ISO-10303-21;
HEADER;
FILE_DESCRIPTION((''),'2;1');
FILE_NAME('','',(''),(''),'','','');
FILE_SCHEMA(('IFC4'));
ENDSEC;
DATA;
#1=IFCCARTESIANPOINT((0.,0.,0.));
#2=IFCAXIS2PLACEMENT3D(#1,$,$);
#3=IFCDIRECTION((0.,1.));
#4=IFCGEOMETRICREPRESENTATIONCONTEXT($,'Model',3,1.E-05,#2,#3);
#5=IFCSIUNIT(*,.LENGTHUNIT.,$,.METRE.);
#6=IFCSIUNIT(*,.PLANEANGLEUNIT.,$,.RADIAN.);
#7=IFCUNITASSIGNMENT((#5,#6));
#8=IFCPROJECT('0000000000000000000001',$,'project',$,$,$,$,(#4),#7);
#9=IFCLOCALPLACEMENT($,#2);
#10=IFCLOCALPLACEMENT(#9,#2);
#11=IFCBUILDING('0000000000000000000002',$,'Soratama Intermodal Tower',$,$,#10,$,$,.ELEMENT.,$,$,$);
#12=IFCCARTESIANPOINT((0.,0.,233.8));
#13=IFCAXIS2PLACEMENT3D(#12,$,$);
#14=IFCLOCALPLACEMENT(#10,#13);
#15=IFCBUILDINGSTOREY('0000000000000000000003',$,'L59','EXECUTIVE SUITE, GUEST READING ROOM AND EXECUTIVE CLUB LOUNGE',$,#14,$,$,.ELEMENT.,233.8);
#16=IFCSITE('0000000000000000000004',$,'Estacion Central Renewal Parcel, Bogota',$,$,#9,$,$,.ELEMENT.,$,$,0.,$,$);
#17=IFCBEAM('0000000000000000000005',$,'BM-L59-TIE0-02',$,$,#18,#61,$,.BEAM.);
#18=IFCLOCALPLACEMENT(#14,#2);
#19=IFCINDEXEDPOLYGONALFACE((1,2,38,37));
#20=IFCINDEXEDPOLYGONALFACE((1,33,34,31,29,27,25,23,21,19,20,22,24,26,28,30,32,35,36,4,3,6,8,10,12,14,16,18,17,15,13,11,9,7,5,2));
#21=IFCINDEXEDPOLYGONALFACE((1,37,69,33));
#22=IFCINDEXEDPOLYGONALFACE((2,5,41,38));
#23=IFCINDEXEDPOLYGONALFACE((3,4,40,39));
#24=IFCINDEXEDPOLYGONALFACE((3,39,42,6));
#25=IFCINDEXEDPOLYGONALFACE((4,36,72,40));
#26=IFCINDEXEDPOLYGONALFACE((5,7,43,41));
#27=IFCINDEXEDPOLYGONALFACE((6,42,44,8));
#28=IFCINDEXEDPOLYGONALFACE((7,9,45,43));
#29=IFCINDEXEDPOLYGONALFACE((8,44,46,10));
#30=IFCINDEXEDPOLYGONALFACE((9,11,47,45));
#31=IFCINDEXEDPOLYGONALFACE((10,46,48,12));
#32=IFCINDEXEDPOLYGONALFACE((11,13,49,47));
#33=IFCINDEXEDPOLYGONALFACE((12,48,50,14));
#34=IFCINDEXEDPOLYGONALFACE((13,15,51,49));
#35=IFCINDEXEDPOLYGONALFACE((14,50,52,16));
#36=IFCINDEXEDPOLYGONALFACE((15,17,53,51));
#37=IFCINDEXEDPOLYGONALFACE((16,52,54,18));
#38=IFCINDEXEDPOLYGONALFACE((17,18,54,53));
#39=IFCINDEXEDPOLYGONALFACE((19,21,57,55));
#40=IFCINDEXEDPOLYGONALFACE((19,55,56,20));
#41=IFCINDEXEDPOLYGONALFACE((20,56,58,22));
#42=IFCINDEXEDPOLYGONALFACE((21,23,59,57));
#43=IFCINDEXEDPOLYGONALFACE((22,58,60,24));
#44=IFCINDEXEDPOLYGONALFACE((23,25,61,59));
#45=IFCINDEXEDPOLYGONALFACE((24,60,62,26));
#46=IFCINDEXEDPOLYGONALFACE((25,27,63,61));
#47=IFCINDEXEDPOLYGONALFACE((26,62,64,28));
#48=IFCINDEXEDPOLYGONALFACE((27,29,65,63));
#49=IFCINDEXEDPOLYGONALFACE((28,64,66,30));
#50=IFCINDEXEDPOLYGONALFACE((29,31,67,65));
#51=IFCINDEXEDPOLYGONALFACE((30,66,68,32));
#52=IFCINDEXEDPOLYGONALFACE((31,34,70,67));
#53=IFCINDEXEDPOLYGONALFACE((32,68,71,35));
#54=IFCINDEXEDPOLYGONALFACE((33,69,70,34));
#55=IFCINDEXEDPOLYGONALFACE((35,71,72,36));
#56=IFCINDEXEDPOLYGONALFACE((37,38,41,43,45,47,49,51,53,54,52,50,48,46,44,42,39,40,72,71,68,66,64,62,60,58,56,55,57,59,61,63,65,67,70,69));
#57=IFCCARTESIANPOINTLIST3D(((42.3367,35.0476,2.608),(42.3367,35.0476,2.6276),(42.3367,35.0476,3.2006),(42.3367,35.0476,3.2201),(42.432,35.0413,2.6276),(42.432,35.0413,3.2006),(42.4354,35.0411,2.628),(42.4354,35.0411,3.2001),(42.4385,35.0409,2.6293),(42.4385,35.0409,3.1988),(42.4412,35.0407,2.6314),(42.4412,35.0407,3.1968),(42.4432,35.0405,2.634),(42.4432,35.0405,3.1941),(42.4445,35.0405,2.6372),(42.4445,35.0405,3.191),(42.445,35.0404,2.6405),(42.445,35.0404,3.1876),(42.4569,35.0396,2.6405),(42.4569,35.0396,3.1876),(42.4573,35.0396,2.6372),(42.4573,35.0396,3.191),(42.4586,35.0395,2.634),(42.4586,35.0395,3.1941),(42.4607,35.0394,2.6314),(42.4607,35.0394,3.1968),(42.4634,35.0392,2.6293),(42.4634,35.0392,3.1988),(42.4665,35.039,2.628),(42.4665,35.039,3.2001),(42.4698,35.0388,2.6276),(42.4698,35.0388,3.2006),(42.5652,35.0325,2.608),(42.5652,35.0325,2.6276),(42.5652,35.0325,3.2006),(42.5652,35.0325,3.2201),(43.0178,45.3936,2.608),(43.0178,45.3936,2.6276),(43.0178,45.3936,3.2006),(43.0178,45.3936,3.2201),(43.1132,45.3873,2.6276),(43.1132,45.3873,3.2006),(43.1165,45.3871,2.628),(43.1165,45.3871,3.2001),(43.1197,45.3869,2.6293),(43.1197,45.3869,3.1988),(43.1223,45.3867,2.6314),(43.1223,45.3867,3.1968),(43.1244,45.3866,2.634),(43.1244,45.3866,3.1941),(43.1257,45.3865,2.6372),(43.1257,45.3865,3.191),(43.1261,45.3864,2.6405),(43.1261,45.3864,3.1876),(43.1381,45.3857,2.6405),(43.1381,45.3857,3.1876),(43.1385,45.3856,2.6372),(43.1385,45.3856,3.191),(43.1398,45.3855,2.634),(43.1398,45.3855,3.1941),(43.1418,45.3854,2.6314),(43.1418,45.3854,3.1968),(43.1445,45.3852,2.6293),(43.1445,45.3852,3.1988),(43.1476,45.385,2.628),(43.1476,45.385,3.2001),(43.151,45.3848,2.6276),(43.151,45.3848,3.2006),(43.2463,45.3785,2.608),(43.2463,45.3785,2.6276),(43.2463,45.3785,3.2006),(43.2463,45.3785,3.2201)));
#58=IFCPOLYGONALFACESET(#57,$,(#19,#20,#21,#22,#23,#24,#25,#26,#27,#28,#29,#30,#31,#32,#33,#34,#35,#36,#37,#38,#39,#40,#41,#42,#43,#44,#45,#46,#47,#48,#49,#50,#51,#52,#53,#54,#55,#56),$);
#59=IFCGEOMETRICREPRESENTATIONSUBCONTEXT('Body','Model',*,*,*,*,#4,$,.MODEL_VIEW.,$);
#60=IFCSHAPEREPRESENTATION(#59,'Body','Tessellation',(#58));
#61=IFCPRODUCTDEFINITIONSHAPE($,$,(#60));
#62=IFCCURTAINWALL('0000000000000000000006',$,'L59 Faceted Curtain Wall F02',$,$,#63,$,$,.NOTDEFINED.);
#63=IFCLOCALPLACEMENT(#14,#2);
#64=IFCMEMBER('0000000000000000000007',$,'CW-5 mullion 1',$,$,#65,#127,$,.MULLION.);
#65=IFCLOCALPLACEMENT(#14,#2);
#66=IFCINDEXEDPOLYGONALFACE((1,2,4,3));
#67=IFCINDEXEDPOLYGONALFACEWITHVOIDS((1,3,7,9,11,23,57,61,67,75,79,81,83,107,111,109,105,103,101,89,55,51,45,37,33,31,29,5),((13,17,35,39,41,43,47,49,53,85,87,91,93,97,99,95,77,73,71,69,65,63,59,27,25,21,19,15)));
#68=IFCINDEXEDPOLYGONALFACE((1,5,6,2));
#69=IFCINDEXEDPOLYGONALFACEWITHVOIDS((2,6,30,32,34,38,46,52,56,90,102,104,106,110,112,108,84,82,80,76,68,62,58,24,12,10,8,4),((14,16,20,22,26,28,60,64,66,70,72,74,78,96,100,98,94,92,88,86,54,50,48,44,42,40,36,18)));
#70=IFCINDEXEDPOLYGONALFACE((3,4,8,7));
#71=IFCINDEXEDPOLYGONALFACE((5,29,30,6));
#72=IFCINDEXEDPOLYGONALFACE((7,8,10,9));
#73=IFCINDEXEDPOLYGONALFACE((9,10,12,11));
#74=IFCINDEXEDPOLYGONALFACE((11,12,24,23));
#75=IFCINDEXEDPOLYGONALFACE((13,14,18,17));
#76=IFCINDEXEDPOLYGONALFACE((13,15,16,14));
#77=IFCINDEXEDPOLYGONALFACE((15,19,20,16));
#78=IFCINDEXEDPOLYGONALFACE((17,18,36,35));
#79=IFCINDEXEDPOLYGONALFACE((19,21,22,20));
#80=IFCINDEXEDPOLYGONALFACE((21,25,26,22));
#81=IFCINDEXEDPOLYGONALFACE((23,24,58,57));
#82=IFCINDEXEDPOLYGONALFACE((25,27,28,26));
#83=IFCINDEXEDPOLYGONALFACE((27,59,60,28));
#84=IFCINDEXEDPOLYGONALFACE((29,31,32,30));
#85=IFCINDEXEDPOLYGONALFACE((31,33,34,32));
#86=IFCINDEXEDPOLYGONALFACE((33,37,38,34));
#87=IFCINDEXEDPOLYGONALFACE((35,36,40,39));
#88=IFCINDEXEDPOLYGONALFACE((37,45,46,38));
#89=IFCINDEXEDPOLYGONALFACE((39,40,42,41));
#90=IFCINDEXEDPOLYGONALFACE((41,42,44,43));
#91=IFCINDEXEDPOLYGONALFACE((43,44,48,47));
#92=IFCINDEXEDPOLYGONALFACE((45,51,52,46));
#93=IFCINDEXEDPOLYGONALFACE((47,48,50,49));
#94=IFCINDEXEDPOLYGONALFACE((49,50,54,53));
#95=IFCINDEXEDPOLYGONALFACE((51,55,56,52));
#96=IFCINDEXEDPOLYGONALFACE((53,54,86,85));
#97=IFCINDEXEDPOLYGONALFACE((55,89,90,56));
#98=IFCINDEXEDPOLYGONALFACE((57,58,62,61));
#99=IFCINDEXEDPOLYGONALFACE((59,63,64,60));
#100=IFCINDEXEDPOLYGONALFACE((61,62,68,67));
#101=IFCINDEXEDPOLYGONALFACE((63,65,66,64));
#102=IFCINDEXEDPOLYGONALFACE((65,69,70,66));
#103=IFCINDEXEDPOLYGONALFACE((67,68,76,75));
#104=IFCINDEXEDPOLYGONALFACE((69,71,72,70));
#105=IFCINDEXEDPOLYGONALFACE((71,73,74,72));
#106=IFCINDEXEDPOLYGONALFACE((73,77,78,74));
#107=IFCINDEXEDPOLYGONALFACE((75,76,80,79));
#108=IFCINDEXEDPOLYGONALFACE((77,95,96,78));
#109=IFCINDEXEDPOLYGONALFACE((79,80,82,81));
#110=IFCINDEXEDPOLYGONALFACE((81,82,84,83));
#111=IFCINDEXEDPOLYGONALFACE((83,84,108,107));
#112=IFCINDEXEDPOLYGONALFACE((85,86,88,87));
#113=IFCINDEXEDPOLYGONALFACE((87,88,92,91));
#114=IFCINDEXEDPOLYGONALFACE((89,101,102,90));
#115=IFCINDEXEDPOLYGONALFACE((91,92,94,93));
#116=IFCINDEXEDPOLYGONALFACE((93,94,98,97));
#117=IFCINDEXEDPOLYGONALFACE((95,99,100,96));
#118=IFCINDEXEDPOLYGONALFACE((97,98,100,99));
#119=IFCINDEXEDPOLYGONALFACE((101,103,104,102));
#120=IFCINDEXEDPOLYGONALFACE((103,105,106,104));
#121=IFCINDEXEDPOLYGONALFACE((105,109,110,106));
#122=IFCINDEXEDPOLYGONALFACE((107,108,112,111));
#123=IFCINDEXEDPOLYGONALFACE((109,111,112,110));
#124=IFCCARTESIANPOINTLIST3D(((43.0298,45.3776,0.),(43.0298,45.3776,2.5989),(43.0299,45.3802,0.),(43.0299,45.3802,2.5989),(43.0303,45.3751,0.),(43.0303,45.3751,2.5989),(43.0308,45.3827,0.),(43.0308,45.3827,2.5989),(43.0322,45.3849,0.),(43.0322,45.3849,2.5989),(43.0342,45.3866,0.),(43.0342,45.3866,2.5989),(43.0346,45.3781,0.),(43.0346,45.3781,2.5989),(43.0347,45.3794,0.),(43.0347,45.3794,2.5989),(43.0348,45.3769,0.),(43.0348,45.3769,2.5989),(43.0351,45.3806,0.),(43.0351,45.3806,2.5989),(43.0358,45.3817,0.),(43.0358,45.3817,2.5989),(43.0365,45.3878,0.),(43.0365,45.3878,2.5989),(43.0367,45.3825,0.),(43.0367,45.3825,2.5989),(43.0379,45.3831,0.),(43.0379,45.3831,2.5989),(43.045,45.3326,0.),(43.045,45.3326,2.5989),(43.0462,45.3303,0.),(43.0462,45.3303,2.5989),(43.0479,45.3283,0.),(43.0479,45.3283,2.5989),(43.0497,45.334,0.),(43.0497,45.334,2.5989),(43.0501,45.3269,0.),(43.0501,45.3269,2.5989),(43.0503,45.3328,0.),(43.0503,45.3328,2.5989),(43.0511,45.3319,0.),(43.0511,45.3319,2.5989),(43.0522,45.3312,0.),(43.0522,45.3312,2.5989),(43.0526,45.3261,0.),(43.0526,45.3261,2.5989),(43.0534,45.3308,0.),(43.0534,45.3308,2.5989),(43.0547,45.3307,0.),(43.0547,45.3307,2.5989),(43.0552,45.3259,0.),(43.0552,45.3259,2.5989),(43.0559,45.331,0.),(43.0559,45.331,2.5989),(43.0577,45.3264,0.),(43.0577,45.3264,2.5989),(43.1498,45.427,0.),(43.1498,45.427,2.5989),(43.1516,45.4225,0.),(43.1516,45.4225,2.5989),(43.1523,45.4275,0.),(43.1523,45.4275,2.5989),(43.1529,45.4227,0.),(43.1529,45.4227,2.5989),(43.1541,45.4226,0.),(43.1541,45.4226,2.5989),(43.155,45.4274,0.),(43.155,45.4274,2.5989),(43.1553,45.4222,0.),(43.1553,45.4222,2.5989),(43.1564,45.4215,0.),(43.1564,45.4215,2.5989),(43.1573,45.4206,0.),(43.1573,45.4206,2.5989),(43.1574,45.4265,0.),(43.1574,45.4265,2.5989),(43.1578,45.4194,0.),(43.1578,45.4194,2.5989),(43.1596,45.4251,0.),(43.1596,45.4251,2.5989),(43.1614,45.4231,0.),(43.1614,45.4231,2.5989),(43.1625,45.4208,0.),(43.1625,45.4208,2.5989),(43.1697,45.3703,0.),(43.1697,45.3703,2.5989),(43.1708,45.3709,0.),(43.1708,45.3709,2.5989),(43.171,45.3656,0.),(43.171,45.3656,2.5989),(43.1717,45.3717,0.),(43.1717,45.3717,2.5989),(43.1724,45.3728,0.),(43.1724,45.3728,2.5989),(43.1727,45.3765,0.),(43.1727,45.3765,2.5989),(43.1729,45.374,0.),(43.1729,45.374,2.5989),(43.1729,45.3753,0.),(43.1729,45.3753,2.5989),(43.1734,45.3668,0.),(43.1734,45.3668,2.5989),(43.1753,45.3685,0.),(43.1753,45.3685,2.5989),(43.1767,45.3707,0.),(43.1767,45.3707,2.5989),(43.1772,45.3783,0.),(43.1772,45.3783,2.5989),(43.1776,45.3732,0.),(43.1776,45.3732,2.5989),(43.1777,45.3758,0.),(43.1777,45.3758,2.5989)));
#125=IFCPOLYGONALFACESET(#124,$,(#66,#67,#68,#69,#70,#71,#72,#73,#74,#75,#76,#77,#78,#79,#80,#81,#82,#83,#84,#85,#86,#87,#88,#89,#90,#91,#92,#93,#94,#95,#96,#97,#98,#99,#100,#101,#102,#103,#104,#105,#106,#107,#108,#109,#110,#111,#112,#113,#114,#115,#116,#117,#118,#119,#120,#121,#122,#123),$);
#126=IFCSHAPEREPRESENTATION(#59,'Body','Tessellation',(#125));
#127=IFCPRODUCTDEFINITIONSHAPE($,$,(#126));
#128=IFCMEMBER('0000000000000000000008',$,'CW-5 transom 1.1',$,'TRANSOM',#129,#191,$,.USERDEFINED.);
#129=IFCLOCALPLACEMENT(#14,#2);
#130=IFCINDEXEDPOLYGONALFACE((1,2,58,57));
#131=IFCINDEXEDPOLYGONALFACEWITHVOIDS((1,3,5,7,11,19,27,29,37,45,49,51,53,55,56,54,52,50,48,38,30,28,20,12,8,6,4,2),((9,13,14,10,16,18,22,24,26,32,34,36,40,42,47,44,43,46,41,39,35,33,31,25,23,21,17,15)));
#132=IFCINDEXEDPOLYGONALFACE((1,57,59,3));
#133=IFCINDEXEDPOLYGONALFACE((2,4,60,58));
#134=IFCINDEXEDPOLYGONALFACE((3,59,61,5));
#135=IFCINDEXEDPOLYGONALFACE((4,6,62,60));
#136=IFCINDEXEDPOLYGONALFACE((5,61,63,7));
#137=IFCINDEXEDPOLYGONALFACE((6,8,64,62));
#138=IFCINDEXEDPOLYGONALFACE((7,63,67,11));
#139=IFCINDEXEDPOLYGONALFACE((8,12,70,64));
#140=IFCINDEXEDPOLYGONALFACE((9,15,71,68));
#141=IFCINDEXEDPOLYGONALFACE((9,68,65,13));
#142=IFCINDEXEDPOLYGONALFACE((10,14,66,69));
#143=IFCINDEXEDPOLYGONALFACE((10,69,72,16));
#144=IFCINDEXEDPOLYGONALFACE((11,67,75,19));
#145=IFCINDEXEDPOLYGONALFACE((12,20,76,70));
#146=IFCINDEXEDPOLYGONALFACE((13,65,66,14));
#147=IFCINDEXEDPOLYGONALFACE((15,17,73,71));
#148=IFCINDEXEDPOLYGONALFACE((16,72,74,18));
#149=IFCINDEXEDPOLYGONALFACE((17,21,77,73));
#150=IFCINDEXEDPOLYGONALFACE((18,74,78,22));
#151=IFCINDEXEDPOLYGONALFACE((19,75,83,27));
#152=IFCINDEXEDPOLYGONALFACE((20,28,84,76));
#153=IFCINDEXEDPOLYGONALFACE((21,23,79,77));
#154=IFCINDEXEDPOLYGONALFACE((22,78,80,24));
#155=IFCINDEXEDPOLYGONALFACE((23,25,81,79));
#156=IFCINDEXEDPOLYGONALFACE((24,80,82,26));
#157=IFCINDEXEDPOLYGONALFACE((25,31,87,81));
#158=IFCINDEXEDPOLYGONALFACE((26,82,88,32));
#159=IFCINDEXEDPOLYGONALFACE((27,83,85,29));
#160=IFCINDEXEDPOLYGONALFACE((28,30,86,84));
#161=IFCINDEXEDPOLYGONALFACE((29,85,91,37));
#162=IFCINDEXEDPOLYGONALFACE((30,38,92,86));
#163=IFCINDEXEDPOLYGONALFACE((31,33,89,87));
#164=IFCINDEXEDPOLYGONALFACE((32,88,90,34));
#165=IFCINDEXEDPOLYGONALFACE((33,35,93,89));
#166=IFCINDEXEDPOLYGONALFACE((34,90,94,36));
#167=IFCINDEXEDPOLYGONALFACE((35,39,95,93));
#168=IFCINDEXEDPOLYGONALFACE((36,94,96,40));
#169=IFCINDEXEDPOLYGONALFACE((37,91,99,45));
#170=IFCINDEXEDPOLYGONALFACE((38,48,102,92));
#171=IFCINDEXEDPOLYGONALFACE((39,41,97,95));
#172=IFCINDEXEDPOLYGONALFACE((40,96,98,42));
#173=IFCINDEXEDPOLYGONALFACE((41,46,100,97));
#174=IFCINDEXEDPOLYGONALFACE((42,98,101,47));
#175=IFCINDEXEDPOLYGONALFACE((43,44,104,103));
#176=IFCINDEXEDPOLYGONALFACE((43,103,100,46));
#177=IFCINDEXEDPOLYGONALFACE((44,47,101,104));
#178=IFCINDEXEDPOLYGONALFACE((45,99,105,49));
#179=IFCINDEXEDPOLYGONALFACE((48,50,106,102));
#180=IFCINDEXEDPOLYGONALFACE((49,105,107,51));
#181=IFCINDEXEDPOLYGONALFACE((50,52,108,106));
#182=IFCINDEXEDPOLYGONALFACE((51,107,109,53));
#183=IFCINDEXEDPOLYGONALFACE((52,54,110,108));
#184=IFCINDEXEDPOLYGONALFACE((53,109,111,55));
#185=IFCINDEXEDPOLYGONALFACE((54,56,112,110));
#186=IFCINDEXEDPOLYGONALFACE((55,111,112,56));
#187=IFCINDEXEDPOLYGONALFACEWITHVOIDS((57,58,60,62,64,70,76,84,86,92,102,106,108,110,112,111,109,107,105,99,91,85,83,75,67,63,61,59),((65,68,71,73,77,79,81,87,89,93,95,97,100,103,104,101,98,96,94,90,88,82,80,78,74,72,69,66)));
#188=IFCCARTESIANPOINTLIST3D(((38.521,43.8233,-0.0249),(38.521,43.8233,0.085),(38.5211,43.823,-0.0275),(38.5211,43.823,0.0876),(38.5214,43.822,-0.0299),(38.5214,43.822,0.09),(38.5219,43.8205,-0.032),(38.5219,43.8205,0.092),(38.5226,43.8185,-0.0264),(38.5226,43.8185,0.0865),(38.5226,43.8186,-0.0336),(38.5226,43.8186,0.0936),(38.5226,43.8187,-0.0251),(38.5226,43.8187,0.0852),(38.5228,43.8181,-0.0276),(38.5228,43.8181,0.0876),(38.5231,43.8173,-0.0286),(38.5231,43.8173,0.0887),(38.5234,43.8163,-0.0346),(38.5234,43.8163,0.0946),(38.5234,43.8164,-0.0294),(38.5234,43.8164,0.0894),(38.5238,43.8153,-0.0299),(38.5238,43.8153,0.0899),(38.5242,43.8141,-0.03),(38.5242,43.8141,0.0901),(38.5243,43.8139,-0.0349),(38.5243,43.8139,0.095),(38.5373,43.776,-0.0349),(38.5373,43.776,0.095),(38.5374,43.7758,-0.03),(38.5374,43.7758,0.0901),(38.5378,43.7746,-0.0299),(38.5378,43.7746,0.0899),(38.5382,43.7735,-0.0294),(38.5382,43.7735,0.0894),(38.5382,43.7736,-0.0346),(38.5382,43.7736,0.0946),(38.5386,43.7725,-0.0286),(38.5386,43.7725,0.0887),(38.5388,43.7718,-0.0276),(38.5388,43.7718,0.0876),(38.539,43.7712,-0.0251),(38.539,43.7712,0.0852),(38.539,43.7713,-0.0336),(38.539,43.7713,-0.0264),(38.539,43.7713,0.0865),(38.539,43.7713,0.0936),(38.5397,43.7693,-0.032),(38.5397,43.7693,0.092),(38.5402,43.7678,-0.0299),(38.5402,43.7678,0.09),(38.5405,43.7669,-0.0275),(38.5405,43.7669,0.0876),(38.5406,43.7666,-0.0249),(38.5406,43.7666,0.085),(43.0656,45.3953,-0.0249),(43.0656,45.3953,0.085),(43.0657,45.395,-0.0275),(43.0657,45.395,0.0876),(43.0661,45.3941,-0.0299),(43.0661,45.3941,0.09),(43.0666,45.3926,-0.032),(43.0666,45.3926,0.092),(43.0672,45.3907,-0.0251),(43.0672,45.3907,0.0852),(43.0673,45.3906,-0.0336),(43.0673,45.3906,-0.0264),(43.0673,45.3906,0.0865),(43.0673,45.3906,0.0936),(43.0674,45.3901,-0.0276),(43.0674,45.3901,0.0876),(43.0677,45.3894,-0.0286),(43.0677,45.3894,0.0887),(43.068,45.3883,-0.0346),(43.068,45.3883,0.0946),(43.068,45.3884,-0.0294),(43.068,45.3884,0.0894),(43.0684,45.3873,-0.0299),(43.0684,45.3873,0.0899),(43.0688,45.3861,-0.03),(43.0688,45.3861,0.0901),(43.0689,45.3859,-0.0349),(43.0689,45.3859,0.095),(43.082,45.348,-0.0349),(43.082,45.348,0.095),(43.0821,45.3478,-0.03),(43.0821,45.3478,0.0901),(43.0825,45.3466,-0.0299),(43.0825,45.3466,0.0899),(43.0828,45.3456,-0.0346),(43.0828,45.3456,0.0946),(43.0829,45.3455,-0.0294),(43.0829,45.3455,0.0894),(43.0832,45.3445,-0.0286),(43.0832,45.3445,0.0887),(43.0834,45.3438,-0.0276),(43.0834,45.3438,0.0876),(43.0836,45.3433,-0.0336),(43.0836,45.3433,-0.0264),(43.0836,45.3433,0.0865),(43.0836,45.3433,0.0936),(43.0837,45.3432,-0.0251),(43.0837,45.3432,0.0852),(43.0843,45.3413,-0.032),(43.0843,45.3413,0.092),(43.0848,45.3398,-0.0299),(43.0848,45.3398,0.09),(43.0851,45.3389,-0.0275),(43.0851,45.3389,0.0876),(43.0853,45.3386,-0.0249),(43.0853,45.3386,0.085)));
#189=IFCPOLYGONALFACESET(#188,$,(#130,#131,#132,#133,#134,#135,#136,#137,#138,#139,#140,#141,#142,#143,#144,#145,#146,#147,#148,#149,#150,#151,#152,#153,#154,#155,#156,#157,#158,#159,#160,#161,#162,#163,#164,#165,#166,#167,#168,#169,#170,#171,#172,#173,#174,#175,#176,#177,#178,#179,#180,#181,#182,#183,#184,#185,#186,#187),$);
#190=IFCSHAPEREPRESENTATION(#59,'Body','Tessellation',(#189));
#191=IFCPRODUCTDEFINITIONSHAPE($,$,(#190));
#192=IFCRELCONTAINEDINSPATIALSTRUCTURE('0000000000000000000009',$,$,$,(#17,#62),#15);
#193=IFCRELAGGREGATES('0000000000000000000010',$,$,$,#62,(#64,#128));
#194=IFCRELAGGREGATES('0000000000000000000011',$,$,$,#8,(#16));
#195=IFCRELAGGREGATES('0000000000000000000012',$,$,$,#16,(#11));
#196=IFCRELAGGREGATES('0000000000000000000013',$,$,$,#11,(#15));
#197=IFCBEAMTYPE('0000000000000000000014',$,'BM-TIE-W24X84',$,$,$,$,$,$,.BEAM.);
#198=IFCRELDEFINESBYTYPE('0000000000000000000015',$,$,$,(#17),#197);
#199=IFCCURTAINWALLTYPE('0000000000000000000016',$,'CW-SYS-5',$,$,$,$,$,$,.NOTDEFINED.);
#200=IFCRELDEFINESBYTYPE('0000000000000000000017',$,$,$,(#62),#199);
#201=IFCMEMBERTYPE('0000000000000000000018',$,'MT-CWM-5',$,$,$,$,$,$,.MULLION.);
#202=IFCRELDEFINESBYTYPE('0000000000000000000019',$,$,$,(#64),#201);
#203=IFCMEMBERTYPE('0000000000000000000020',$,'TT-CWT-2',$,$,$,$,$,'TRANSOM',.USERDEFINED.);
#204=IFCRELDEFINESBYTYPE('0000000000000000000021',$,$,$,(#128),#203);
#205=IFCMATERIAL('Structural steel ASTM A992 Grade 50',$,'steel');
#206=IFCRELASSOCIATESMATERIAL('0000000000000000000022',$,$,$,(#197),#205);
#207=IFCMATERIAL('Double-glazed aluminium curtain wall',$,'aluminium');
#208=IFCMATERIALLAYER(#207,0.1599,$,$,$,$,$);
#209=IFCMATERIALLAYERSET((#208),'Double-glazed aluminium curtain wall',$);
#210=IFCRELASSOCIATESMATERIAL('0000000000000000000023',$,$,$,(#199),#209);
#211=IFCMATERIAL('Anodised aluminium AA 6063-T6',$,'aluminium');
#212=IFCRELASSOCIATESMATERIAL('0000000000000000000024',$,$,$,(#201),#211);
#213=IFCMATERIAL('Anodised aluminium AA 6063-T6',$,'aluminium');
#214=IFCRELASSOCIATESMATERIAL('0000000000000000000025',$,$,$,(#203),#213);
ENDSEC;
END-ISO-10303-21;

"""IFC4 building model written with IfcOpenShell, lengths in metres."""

from ifc_helpers import new_model, si_unit, direction, frame, origin, origin_2d, place, context, subcontext, project, spatial, hollow_rectangle, i_section, extrude, material, layer, layer_set, material_profile, profile_set, type_object, element, aggregate, save


model = new_model("IFC4")

# Units and contexts
model_context = context("Model", 3, precision=1e-05, world=origin(), true_north=direction((0.0, 1.0)))
body_context = subcontext(model_context, "Body", "Model", "MODEL_VIEW")
ifc_project = project(units=[si_unit("LENGTHUNIT", "METRE"), si_unit("PLANEANGLEUNIT", "RADIAN")], contexts=[model_context])

# Site, building, storey
site_placement = place(None, origin())
site = spatial("IfcSite", under=ifc_project, at=site_placement, Name="Estacion Central Renewal Parcel, Bogota", CompositionType="ELEMENT", RefElevation=0.0)
building_placement = place(site_placement, origin())
building = spatial("IfcBuilding", under=site, at=building_placement, Name="Soratama Intermodal Tower", CompositionType="ELEMENT")
storey_placement = place(building_placement, frame((0.0, 0.0, 233.8)))
storey = spatial("IfcBuildingStorey", under=building, at=storey_placement, Name="L59", Description="EXECUTIVE SUITE, GUEST READING ROOM AND EXECUTIVE CLUB LOUNGE", CompositionType="ELEMENT", Elevation=233.8)

# Beam
ifc_material_1 = material(Name="Structural steel ASTM A992 Grade 50", Category="steel")
ifc_material_profile_1 = material_profile(ifc_material_1, i_section(OverallWidth=0.229, OverallDepth=0.6121, WebThickness=0.012, FlangeThickness=0.0195, FilletRadius=0.0129, at=origin_2d()), Name="W24X84")
ifc_profile_set_1 = profile_set([ifc_material_profile_1], Name="Structural steel ASTM A992 Grade 50")
beam_type_1 = type_object("IfcBeamType", Name="BM-TIE-W24X84", PredefinedType="BEAM", material=ifc_profile_set_1)
beam_1_placement = place(storey_placement, frame((42.4509, 35.04, 2.9141), z_axis=(0.065695, 0.99784, 0.0), x_axis=(-0.99784, 0.065695, 0.0)))
element("IfcBeam", 1, at=beam_1_placement, inside=storey, type_object=beam_type_1, Name="BM-L59-TIE0-02", PredefinedType="BEAM", context=body_context, shape_type="SweptSolid", body=[
    extrude(i_section(OverallWidth=0.229, OverallDepth=0.6121, WebThickness=0.012, FlangeThickness=0.0195, FilletRadius=0.0129, at=origin_2d()), origin(), (0.0, 0.0, 1.0), 10.3684),
])

# Curtain wall, members
ifc_material_2 = material(Name="Double-glazed aluminium curtain wall", Category="aluminium")
ifc_layer_1 = layer(ifc_material_2, 0.1599)
ifc_layer_set_1 = layer_set([ifc_layer_1], Name="Double-glazed aluminium curtain wall")
curtain_wall_type = type_object("IfcCurtainWallType", Name="CW-SYS-5", PredefinedType="NOTDEFINED", material=ifc_layer_set_1)
curtain_wall_placement = place(storey_placement, origin())
curtain_wall = element("IfcCurtainWall", 2, at=curtain_wall_placement, inside=storey, type_object=curtain_wall_type, Name="L59 Faceted Curtain Wall F02", PredefinedType="NOTDEFINED")
ifc_material_3 = material(Name="Anodised aluminium AA 6063-T6", Category="aluminium")
ifc_material_profile_2 = material_profile(ifc_material_3, hollow_rectangle(XDim=0.0649, YDim=0.1399, WallThickness=0.0049, InnerFilletRadius=0.0049, OuterFilletRadius=0.01, at=origin_2d()), Name="CWM140X65X5")
ifc_profile_set_2 = profile_set([ifc_material_profile_2], Name="Anodised aluminium AA 6063-T6")
member_type_1 = type_object("IfcMemberType", Name="MT-CWM-5", PredefinedType="MULLION", material=ifc_profile_set_2)
member_1_placement = place(storey_placement, frame((43.1038, 45.3767, 0.0), z_axis=(0.0, 0.0, 1.0), x_axis=(0.326894, -0.945061, 0.0)))
member_1 = element("IfcMember", 3, at=member_1_placement, type_object=member_type_1, Name="CW-5 mullion 1", PredefinedType="MULLION", context=body_context, shape_type="SweptSolid", body=[
    extrude(hollow_rectangle(XDim=0.0649, YDim=0.1399, WallThickness=0.0049, InnerFilletRadius=0.0049, OuterFilletRadius=0.01, at=origin_2d()), origin(), (0.0, 0.0, 1.0), 2.5989),
])
ifc_material_4 = material(Name="Anodised aluminium AA 6063-T6", Category="aluminium")
ifc_material_profile_3 = material_profile(ifc_material_4, hollow_rectangle(XDim=0.0601, YDim=0.1299, WallThickness=0.0049, InnerFilletRadius=0.0049, OuterFilletRadius=0.01, at=origin_2d()), Name="CWT130X60X5")
ifc_profile_set_3 = profile_set([ifc_material_profile_3], Name="Anodised aluminium AA 6063-T6")
member_type_2 = type_object("IfcMemberType", Name="TT-CWT-2", ElementType="TRANSOM", PredefinedType="USERDEFINED", material=ifc_profile_set_3)
member_2_placement = place(storey_placement, frame((43.0754, 45.3669, 0.03), z_axis=(-0.945059, -0.3269, 0.0), x_axis=(0.3269, -0.945059, 0.0)))
member_2 = element("IfcMember", 4, at=member_2_placement, type_object=member_type_2, Name="CW-5 transom 1.1", ObjectType="TRANSOM", PredefinedType="USERDEFINED", context=body_context, shape_type="SweptSolid", body=[
    extrude(hollow_rectangle(XDim=0.0601, YDim=0.1299, WallThickness=0.0049, InnerFilletRadius=0.0049, OuterFilletRadius=0.01, at=origin_2d()), origin(), (0.0, 0.0, 1.0), 4.8088),
])
aggregate(curtain_wall, [member_1, member_2])

save(model, "model.ifc")
